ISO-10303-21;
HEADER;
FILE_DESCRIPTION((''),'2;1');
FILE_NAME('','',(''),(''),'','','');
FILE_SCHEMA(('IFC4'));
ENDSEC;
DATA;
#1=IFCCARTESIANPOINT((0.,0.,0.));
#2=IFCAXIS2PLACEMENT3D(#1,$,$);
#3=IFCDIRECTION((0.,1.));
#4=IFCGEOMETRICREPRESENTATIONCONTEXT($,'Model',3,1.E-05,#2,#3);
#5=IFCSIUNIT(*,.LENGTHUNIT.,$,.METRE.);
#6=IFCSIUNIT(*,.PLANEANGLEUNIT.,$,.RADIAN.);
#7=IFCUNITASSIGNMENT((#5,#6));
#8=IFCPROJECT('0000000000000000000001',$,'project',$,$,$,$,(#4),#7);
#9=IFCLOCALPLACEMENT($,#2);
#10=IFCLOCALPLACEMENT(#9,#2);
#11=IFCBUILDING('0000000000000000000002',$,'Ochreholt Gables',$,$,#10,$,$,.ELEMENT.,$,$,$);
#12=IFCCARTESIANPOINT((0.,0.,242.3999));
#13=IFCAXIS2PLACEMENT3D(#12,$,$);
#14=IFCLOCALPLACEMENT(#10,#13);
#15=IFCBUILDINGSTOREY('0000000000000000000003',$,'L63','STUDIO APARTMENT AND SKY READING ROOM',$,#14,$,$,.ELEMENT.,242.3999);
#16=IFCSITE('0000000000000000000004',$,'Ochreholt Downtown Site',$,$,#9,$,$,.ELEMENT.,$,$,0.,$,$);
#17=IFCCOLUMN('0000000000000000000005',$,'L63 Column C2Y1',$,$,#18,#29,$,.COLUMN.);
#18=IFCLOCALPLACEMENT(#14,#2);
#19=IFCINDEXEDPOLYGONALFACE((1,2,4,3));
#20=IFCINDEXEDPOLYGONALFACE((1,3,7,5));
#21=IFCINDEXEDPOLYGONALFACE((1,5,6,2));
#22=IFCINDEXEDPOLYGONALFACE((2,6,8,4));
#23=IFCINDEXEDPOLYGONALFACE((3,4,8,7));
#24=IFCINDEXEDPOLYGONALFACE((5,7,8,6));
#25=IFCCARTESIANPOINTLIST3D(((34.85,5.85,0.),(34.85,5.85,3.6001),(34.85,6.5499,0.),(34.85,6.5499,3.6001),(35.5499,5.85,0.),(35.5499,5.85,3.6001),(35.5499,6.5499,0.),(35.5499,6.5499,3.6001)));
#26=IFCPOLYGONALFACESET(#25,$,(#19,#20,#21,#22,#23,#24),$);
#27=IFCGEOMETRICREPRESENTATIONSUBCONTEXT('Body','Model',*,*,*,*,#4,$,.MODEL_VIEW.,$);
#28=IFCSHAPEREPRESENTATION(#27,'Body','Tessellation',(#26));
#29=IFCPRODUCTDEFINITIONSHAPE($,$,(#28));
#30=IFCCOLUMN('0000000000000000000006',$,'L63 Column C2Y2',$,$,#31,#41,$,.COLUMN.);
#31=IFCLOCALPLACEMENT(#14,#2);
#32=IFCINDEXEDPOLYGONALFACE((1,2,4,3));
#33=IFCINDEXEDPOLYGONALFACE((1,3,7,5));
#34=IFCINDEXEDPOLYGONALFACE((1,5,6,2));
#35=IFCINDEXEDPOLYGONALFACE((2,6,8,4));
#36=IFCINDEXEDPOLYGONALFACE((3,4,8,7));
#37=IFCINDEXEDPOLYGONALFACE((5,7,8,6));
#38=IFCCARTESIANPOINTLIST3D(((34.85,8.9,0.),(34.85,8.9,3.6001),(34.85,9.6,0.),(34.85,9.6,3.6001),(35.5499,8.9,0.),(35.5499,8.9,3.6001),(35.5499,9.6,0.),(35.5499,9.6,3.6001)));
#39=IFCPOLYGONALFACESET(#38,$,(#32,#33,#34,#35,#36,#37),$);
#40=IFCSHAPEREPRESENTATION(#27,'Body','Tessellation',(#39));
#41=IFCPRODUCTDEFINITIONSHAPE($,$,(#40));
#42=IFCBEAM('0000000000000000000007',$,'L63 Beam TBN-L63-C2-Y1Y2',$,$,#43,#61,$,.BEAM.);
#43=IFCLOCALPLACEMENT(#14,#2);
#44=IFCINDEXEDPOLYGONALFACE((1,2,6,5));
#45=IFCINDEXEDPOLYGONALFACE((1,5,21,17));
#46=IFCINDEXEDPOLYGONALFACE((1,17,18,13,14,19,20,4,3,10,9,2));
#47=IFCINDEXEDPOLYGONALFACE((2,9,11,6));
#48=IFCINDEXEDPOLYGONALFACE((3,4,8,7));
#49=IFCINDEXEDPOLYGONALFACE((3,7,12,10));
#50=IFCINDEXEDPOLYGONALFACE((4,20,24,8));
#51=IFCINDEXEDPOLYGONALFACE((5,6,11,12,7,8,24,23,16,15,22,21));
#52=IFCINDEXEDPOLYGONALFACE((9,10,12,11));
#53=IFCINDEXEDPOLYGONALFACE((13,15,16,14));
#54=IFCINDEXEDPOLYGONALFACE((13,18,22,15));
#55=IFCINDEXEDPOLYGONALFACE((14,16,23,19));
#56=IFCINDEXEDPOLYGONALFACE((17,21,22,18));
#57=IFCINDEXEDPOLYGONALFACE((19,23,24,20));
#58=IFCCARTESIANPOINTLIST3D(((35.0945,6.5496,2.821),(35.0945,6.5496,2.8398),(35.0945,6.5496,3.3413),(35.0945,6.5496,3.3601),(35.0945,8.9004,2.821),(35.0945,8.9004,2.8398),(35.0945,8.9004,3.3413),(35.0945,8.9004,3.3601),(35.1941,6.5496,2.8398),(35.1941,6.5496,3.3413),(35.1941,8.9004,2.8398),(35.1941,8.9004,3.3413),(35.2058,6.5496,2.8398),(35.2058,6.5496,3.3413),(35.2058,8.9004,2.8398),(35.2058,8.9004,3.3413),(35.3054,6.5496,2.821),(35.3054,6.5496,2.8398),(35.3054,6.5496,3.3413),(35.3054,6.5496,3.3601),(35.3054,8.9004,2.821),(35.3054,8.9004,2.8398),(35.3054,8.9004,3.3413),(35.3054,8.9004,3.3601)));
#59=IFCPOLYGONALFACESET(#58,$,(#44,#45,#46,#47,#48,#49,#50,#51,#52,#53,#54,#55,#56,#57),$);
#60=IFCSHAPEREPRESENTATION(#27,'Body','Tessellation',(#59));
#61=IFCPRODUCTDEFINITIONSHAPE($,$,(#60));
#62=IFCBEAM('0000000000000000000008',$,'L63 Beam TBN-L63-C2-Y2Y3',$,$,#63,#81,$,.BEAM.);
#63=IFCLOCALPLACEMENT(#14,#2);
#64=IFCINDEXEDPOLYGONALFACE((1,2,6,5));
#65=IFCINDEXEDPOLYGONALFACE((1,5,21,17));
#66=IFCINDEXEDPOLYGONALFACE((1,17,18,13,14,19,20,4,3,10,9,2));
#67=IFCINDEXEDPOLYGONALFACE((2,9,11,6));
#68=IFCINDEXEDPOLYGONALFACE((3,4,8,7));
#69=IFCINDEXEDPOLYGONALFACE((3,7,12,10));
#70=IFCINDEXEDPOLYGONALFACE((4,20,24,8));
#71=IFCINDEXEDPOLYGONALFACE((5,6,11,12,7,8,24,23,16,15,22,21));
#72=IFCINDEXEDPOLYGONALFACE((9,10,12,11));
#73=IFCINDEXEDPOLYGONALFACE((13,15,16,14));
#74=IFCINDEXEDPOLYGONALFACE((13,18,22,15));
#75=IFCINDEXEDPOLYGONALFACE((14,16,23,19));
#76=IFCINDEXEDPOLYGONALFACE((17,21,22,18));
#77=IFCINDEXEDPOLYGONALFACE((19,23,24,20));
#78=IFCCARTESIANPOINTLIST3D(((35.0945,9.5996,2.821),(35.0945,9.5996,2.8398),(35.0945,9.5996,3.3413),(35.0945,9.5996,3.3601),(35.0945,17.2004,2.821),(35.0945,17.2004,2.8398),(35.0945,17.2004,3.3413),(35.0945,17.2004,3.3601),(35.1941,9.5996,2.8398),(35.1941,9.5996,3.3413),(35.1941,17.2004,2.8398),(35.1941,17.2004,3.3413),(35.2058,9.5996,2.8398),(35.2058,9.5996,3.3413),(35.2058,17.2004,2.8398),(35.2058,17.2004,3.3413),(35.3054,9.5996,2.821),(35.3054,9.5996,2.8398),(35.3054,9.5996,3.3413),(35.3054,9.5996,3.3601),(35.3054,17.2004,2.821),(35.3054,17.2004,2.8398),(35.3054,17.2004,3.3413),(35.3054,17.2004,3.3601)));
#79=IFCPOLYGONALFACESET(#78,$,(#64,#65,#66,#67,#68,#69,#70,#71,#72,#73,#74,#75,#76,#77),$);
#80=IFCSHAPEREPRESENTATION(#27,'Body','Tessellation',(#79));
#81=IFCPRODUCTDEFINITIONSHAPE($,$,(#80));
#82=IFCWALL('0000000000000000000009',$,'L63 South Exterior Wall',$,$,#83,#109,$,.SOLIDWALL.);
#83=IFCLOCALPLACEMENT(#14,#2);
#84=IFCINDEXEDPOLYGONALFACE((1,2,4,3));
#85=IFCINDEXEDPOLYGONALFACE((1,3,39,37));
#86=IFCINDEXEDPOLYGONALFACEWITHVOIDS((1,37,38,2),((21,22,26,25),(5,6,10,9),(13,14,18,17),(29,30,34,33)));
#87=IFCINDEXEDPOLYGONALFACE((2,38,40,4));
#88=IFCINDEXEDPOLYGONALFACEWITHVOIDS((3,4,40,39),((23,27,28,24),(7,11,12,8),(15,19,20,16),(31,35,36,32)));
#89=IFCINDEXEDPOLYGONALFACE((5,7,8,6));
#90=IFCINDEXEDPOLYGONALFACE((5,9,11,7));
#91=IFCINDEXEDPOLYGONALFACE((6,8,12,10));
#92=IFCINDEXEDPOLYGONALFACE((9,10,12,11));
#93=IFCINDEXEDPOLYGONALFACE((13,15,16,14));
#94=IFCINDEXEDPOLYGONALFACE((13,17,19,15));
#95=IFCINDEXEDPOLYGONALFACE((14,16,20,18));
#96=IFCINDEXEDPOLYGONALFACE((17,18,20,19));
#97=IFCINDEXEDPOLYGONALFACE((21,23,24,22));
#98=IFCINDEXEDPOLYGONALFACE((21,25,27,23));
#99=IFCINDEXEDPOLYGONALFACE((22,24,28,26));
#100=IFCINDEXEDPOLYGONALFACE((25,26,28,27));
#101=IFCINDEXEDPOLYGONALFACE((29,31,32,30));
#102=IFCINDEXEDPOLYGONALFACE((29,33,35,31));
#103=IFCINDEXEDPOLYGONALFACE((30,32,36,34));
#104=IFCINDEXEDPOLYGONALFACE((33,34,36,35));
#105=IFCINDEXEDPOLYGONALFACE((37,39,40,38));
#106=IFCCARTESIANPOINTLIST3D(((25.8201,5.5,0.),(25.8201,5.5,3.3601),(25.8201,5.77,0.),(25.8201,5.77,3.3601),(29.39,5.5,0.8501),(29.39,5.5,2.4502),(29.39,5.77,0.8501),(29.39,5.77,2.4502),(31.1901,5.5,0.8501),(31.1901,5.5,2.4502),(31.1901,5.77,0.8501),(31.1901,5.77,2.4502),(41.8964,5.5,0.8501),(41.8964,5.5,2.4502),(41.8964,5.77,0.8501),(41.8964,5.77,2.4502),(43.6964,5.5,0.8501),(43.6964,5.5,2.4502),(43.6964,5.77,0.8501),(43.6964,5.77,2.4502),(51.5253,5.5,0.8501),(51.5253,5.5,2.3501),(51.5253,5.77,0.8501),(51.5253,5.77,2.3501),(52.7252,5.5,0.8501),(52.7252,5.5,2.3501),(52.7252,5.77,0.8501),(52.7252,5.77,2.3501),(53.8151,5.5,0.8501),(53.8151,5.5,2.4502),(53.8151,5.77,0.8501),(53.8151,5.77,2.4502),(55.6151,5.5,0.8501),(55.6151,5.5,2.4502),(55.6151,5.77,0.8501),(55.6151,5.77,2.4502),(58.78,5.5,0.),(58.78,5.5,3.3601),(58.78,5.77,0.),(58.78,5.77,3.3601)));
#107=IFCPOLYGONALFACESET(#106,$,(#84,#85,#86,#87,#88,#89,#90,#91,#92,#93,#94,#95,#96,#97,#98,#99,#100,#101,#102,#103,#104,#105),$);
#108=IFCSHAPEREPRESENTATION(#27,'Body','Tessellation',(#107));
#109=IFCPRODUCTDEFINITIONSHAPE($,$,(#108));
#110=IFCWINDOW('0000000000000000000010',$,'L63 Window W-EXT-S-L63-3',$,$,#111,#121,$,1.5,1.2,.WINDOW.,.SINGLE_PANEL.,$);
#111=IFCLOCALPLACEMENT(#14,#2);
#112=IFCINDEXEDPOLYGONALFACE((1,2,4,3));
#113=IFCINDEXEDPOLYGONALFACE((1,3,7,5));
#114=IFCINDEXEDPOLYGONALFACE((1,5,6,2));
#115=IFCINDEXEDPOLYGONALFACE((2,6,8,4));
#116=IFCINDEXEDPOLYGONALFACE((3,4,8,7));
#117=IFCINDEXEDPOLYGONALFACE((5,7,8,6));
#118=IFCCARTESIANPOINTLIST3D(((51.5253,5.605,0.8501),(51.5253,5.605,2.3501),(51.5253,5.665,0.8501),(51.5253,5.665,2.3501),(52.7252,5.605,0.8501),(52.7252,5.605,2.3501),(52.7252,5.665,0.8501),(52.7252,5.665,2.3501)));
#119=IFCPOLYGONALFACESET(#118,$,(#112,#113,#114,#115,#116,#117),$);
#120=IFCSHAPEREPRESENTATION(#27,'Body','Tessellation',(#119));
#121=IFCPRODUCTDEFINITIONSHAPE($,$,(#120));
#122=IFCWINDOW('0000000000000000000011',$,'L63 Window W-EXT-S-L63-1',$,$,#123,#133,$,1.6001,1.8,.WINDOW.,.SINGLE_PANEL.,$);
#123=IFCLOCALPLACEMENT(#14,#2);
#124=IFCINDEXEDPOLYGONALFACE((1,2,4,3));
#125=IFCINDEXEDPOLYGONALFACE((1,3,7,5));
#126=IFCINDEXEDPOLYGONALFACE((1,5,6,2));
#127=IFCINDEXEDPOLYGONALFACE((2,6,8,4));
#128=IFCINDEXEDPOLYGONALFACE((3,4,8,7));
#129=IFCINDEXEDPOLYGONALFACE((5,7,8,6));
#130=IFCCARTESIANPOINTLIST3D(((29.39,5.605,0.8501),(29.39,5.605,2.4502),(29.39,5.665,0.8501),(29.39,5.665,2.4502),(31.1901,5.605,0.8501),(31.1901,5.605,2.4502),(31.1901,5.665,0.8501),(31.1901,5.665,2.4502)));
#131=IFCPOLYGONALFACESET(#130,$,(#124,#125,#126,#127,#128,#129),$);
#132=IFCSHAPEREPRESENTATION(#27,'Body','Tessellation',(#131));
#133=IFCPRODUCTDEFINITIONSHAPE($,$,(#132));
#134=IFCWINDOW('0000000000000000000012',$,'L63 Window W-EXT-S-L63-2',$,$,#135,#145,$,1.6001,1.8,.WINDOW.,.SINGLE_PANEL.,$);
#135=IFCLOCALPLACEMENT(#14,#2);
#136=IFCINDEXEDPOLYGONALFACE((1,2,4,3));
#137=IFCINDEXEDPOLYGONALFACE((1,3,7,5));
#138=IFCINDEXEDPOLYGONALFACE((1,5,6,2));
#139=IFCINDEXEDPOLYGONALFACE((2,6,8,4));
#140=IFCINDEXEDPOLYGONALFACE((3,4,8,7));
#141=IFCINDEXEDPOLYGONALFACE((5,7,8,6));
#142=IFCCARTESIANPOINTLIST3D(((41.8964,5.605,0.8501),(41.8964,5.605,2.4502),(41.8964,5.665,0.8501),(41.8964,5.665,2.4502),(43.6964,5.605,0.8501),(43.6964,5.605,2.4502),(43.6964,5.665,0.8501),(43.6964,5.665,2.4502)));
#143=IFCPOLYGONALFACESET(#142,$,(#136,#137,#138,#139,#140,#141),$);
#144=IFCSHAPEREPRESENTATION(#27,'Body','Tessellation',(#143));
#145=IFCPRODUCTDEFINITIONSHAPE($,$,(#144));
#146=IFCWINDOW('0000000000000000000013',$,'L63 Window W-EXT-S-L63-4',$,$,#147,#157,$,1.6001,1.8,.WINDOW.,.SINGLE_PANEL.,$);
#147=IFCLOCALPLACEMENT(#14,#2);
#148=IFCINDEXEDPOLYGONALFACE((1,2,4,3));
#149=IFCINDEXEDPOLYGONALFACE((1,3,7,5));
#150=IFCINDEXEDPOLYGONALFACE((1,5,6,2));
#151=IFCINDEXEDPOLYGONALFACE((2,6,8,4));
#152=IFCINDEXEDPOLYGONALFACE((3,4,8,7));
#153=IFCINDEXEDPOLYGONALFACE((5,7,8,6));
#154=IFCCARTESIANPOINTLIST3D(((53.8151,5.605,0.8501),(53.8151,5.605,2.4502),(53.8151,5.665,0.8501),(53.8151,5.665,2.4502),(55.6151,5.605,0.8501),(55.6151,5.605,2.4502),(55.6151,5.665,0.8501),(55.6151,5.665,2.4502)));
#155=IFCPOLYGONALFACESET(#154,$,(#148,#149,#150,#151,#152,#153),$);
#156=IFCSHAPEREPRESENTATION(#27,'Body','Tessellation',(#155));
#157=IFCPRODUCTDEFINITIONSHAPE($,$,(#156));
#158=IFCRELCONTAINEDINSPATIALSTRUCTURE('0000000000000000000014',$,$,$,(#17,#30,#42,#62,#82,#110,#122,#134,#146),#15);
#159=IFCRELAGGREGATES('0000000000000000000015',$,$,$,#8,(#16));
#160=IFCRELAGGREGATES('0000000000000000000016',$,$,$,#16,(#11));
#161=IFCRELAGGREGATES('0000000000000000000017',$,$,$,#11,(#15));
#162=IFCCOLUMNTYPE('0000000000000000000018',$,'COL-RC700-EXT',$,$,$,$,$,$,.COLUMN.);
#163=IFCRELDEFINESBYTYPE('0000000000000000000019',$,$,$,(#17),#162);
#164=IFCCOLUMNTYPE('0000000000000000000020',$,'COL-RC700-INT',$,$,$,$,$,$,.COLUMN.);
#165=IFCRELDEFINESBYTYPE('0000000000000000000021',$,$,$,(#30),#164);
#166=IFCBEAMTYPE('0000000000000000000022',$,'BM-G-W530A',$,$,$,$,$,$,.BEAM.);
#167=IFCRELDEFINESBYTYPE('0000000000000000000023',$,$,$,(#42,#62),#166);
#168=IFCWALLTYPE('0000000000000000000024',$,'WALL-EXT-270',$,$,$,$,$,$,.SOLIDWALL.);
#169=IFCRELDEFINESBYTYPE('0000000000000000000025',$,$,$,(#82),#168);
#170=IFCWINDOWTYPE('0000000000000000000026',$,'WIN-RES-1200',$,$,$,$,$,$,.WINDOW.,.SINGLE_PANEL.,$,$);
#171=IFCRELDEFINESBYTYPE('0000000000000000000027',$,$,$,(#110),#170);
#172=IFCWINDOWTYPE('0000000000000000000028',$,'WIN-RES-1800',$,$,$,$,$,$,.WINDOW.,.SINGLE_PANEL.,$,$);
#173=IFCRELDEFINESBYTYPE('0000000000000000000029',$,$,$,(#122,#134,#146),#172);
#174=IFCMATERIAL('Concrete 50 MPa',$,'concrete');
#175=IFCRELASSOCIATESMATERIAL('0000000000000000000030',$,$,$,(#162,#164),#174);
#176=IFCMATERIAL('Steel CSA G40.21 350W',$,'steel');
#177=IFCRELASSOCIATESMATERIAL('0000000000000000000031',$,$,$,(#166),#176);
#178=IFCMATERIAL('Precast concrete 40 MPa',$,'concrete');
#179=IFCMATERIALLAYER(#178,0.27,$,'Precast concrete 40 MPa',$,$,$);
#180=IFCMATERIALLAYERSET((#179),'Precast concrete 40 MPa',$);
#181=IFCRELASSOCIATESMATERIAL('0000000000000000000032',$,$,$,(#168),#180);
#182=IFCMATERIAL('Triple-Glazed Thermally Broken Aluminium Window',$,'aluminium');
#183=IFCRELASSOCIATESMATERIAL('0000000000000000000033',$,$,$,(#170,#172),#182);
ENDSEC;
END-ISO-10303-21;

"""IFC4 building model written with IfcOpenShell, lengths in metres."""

from ifc_helpers import new_model, si_unit, direction, frame, frame_2d, origin, origin_2d, place, context, subcontext, project, spatial, rectangle, i_section, extrude, material, layer, layer_set, material_profile, profile_set, type_object, element, fill, save


model = new_model("IFC4")

# Units and contexts
model_context = context("Model", 3, precision=1e-05, world=origin(), true_north=direction((0.0, 1.0)))
body_context = subcontext(model_context, "Body", "Model", "MODEL_VIEW")
ifc_project = project(units=[si_unit("LENGTHUNIT", "METRE"), si_unit("PLANEANGLEUNIT", "RADIAN")], contexts=[model_context])

# Site, building, storey
site_placement = place(None, origin())
site = spatial("IfcSite", under=ifc_project, at=site_placement, Name="Ochreholt Downtown Site", CompositionType="ELEMENT", RefElevation=0.0)
building_placement = place(site_placement, origin())
building = spatial("IfcBuilding", under=site, at=building_placement, Name="Ochreholt Gables", CompositionType="ELEMENT")
storey_placement = place(building_placement, frame((0.0, 0.0, 242.3999)))
storey = spatial("IfcBuildingStorey", under=building, at=storey_placement, Name="L63", Description="STUDIO APARTMENT AND SKY READING ROOM", CompositionType="ELEMENT", Elevation=242.3999)

# Columns
ifc_material_1 = material(Name="Concrete 50 MPa", Category="concrete")
ifc_material_profile_1 = material_profile(ifc_material_1, rectangle(XDim=0.7, YDim=0.7, at=origin_2d()), Name="RC700X700")
ifc_profile_set_1 = profile_set([ifc_material_profile_1], Name="Concrete 50 MPa")
column_type_1 = type_object("IfcColumnType", Name="COL-RC700-EXT", PredefinedType="COLUMN", material=ifc_profile_set_1)
column_1_placement = place(storey_placement, frame((35.2, 6.2, 0.0), z_axis=(0.0, 0.0, 1.0), x_axis=(1.0, 0.0, 0.0)))
element("IfcColumn", 1, at=column_1_placement, inside=storey, type_object=column_type_1, Name="L63 Column C2Y1", PredefinedType="COLUMN", context=body_context, shape_type="SweptSolid", body=[
    extrude(rectangle(XDim=0.7, YDim=0.7, at=origin_2d()), origin(), (0.0, 0.0, 1.0), 3.6001),
])
ifc_material_profile_2 = material_profile(ifc_material_1, rectangle(XDim=0.7, YDim=0.7, at=origin_2d()), Name="RC700X700")
ifc_profile_set_2 = profile_set([ifc_material_profile_2], Name="Concrete 50 MPa")
column_type_2 = type_object("IfcColumnType", Name="COL-RC700-INT", PredefinedType="COLUMN", material=ifc_profile_set_2)
column_2_placement = place(storey_placement, frame((35.2, 9.25, 0.0), z_axis=(0.0, 0.0, 1.0), x_axis=(1.0, 0.0, 0.0)))
element("IfcColumn", 2, at=column_2_placement, inside=storey, type_object=column_type_2, Name="L63 Column C2Y2", PredefinedType="COLUMN", context=body_context, shape_type="SweptSolid", body=[
    extrude(rectangle(XDim=0.7, YDim=0.7, at=origin_2d()), origin(), (0.0, 0.0, 1.0), 3.6001),
])

# Beams
ifc_material_2 = material(Name="Steel CSA G40.21 350W", Category="steel")
ifc_material_profile_3 = material_profile(ifc_material_2, i_section(OverallWidth=0.2109, OverallDepth=0.5391, WebThickness=0.0117, FlangeThickness=0.0188, at=origin_2d()), Name="W530X109")
ifc_profile_set_3 = profile_set([ifc_material_profile_3], Name="Steel CSA G40.21 350W")
beam_type = type_object("IfcBeamType", Name="BM-G-W530A", PredefinedType="BEAM", material=ifc_profile_set_3)
beam_1_placement = place(storey_placement, frame((35.2, 6.5496, 3.0906), z_axis=(0.0, 1.0, 0.0), x_axis=(-1.0, 0.0, 0.0)))
element("IfcBeam", 3, at=beam_1_placement, inside=storey, type_object=beam_type, Name="L63 Beam TBN-L63-C2-Y1Y2", PredefinedType="BEAM", context=body_context, shape_type="SweptSolid", body=[
    extrude(i_section(OverallWidth=0.2109, OverallDepth=0.5391, WebThickness=0.0117, FlangeThickness=0.0188, at=origin_2d()), origin(), (0.0, 0.0, 1.0), 2.3508),
])
beam_2_placement = place(storey_placement, frame((35.2, 9.5996, 3.0906), z_axis=(0.0, 1.0, 0.0), x_axis=(-1.0, 0.0, 0.0)))
element("IfcBeam", 4, at=beam_2_placement, inside=storey, type_object=beam_type, Name="L63 Beam TBN-L63-C2-Y2Y3", PredefinedType="BEAM", context=body_context, shape_type="SweptSolid", body=[
    extrude(i_section(OverallWidth=0.2109, OverallDepth=0.5391, WebThickness=0.0117, FlangeThickness=0.0188, at=origin_2d()), origin(), (0.0, 0.0, 1.0), 7.6008),
])

# Wall, openings, windows
ifc_material_3 = material(Name="Precast concrete 40 MPa", Category="concrete")
ifc_layer_1 = layer(ifc_material_3, 0.27, Name="Precast concrete 40 MPa")
ifc_layer_set_1 = layer_set([ifc_layer_1], Name="Precast concrete 40 MPa")
wall_type_1 = type_object("IfcWallType", Name="WALL-EXT-270", PredefinedType="SOLIDWALL", material=ifc_layer_set_1)
wall_1_placement = place(storey_placement, frame((25.8201, 5.635, 0.0), z_axis=(0.0, 0.0, 1.0), x_axis=(1.0, 0.0, 0.0)))
wall_1 = element("IfcWall", 5, at=wall_1_placement, inside=storey, type_object=wall_type_1, Name="L63 South Exterior Wall", PredefinedType="SOLIDWALL", context=body_context, shape_type="SweptSolid", body=[
    extrude(rectangle(XDim=32.96, YDim=0.27, at=frame_2d((16.48, 0.0))), origin(), (0.0, 0.0, 1.0), 3.3601),
])
opening_1_placement = place(wall_1_placement, frame((3.5701, 0.0, 0.8501)))
opening_1 = element("IfcOpeningElement", 6, at=opening_1_placement, cuts=wall_1, PredefinedType="OPENING", context=body_context, shape_type="SweptSolid", body=[
    extrude(rectangle(XDim=1.8, YDim=1.6001, at=frame_2d((0.8999, 0.8))), frame((0.0, 0.145, 0.0), z_axis=(0.0, -1.0, 0.0), x_axis=(1.0, 0.0, 0.0)), (0.0, 0.0, 1.0), 0.29),
])
opening_2_placement = place(wall_1_placement, frame((16.0764, 0.0, 0.8501)))
opening_2 = element("IfcOpeningElement", 7, at=opening_2_placement, cuts=wall_1, PredefinedType="OPENING", context=body_context, shape_type="SweptSolid", body=[
    extrude(rectangle(XDim=1.8, YDim=1.6001, at=frame_2d((0.8999, 0.8))), frame((0.0, 0.145, 0.0), z_axis=(0.0, -1.0, 0.0), x_axis=(1.0, 0.0, 0.0)), (0.0, 0.0, 1.0), 0.29),
])
opening_3_placement = place(wall_1_placement, frame((25.7051, 0.0, 0.8501)))
opening_3 = element("IfcOpeningElement", 8, at=opening_3_placement, cuts=wall_1, PredefinedType="OPENING", context=body_context, shape_type="SweptSolid", body=[
    extrude(rectangle(XDim=1.2, YDim=1.5, at=frame_2d((0.6001, 0.75))), frame((0.0, 0.145, 0.0), z_axis=(0.0, -1.0, 0.0), x_axis=(1.0, 0.0, 0.0)), (0.0, 0.0, 1.0), 0.29),
])
opening_4_placement = place(wall_1_placement, frame((27.9951, 0.0, 0.8501)))
opening_4 = element("IfcOpeningElement", 9, at=opening_4_placement, cuts=wall_1, PredefinedType="OPENING", context=body_context, shape_type="SweptSolid", body=[
    extrude(rectangle(XDim=1.8, YDim=1.6001, at=frame_2d((0.8999, 0.8))), frame((0.0, 0.145, 0.0), z_axis=(0.0, -1.0, 0.0), x_axis=(1.0, 0.0, 0.0)), (0.0, 0.0, 1.0), 0.29),
])
ifc_material_4 = material(Name="Triple-Glazed Thermally Broken Aluminium Window", Category="aluminium")
window_type_1 = type_object("IfcWindowType", Name="WIN-RES-1200", PartitioningType="SINGLE_PANEL", PredefinedType="WINDOW", material=ifc_material_4)
window_1_placement = place(opening_3_placement, origin())
window_1 = element("IfcWindow", 10, at=window_1_placement, inside=storey, type_object=window_type_1, Name="L63 Window W-EXT-S-L63-3", OverallHeight=1.5, OverallWidth=1.2, PartitioningType="SINGLE_PANEL", PredefinedType="WINDOW", context=body_context, shape_type="SweptSolid", body=[
    extrude(rectangle(XDim=1.2, YDim=1.5, at=frame_2d((0.6001, 0.75))), frame((0.0, 0.03, 0.0), z_axis=(0.0, -1.0, 0.0), x_axis=(1.0, 0.0, 0.0)), (0.0, 0.0, 1.0), 0.0601),
])
fill(opening_3, window_1)
window_type_2 = type_object("IfcWindowType", Name="WIN-RES-1800", PartitioningType="SINGLE_PANEL", PredefinedType="WINDOW", material=ifc_material_4)
window_2_placement = place(opening_1_placement, origin())
window_2 = element("IfcWindow", 11, at=window_2_placement, inside=storey, type_object=window_type_2, Name="L63 Window W-EXT-S-L63-1", OverallHeight=1.6001, OverallWidth=1.8, PartitioningType="SINGLE_PANEL", PredefinedType="WINDOW", context=body_context, shape_type="SweptSolid", body=[
    extrude(rectangle(XDim=1.8, YDim=1.6001, at=frame_2d((0.8999, 0.8))), frame((0.0, 0.03, 0.0), z_axis=(0.0, -1.0, 0.0), x_axis=(1.0, 0.0, 0.0)), (0.0, 0.0, 1.0), 0.0601),
])
fill(opening_1, window_2)
window_3_placement = place(opening_2_placement, origin())
window_3 = element("IfcWindow", 12, at=window_3_placement, inside=storey, type_object=window_type_2, Name="L63 Window W-EXT-S-L63-2", OverallHeight=1.6001, OverallWidth=1.8, PartitioningType="SINGLE_PANEL", PredefinedType="WINDOW", context=body_context, shape_type="SweptSolid", body=[
    extrude(rectangle(XDim=1.8, YDim=1.6001, at=frame_2d((0.8999, 0.8))), frame((0.0, 0.03, 0.0), z_axis=(0.0, -1.0, 0.0), x_axis=(1.0, 0.0, 0.0)), (0.0, 0.0, 1.0), 0.0601),
])
fill(opening_2, window_3)
window_4_placement = place(opening_4_placement, origin())
window_4 = element("IfcWindow", 13, at=window_4_placement, inside=storey, type_object=window_type_2, Name="L63 Window W-EXT-S-L63-4", OverallHeight=1.6001, OverallWidth=1.8, PartitioningType="SINGLE_PANEL", PredefinedType="WINDOW", context=body_context, shape_type="SweptSolid", body=[
    extrude(rectangle(XDim=1.8, YDim=1.6001, at=frame_2d((0.8999, 0.8))), frame((0.0, 0.03, 0.0), z_axis=(0.0, -1.0, 0.0), x_axis=(1.0, 0.0, 0.0)), (0.0, 0.0, 1.0), 0.0601),
])
fill(opening_4, window_4)

save(model, "model.ifc")
